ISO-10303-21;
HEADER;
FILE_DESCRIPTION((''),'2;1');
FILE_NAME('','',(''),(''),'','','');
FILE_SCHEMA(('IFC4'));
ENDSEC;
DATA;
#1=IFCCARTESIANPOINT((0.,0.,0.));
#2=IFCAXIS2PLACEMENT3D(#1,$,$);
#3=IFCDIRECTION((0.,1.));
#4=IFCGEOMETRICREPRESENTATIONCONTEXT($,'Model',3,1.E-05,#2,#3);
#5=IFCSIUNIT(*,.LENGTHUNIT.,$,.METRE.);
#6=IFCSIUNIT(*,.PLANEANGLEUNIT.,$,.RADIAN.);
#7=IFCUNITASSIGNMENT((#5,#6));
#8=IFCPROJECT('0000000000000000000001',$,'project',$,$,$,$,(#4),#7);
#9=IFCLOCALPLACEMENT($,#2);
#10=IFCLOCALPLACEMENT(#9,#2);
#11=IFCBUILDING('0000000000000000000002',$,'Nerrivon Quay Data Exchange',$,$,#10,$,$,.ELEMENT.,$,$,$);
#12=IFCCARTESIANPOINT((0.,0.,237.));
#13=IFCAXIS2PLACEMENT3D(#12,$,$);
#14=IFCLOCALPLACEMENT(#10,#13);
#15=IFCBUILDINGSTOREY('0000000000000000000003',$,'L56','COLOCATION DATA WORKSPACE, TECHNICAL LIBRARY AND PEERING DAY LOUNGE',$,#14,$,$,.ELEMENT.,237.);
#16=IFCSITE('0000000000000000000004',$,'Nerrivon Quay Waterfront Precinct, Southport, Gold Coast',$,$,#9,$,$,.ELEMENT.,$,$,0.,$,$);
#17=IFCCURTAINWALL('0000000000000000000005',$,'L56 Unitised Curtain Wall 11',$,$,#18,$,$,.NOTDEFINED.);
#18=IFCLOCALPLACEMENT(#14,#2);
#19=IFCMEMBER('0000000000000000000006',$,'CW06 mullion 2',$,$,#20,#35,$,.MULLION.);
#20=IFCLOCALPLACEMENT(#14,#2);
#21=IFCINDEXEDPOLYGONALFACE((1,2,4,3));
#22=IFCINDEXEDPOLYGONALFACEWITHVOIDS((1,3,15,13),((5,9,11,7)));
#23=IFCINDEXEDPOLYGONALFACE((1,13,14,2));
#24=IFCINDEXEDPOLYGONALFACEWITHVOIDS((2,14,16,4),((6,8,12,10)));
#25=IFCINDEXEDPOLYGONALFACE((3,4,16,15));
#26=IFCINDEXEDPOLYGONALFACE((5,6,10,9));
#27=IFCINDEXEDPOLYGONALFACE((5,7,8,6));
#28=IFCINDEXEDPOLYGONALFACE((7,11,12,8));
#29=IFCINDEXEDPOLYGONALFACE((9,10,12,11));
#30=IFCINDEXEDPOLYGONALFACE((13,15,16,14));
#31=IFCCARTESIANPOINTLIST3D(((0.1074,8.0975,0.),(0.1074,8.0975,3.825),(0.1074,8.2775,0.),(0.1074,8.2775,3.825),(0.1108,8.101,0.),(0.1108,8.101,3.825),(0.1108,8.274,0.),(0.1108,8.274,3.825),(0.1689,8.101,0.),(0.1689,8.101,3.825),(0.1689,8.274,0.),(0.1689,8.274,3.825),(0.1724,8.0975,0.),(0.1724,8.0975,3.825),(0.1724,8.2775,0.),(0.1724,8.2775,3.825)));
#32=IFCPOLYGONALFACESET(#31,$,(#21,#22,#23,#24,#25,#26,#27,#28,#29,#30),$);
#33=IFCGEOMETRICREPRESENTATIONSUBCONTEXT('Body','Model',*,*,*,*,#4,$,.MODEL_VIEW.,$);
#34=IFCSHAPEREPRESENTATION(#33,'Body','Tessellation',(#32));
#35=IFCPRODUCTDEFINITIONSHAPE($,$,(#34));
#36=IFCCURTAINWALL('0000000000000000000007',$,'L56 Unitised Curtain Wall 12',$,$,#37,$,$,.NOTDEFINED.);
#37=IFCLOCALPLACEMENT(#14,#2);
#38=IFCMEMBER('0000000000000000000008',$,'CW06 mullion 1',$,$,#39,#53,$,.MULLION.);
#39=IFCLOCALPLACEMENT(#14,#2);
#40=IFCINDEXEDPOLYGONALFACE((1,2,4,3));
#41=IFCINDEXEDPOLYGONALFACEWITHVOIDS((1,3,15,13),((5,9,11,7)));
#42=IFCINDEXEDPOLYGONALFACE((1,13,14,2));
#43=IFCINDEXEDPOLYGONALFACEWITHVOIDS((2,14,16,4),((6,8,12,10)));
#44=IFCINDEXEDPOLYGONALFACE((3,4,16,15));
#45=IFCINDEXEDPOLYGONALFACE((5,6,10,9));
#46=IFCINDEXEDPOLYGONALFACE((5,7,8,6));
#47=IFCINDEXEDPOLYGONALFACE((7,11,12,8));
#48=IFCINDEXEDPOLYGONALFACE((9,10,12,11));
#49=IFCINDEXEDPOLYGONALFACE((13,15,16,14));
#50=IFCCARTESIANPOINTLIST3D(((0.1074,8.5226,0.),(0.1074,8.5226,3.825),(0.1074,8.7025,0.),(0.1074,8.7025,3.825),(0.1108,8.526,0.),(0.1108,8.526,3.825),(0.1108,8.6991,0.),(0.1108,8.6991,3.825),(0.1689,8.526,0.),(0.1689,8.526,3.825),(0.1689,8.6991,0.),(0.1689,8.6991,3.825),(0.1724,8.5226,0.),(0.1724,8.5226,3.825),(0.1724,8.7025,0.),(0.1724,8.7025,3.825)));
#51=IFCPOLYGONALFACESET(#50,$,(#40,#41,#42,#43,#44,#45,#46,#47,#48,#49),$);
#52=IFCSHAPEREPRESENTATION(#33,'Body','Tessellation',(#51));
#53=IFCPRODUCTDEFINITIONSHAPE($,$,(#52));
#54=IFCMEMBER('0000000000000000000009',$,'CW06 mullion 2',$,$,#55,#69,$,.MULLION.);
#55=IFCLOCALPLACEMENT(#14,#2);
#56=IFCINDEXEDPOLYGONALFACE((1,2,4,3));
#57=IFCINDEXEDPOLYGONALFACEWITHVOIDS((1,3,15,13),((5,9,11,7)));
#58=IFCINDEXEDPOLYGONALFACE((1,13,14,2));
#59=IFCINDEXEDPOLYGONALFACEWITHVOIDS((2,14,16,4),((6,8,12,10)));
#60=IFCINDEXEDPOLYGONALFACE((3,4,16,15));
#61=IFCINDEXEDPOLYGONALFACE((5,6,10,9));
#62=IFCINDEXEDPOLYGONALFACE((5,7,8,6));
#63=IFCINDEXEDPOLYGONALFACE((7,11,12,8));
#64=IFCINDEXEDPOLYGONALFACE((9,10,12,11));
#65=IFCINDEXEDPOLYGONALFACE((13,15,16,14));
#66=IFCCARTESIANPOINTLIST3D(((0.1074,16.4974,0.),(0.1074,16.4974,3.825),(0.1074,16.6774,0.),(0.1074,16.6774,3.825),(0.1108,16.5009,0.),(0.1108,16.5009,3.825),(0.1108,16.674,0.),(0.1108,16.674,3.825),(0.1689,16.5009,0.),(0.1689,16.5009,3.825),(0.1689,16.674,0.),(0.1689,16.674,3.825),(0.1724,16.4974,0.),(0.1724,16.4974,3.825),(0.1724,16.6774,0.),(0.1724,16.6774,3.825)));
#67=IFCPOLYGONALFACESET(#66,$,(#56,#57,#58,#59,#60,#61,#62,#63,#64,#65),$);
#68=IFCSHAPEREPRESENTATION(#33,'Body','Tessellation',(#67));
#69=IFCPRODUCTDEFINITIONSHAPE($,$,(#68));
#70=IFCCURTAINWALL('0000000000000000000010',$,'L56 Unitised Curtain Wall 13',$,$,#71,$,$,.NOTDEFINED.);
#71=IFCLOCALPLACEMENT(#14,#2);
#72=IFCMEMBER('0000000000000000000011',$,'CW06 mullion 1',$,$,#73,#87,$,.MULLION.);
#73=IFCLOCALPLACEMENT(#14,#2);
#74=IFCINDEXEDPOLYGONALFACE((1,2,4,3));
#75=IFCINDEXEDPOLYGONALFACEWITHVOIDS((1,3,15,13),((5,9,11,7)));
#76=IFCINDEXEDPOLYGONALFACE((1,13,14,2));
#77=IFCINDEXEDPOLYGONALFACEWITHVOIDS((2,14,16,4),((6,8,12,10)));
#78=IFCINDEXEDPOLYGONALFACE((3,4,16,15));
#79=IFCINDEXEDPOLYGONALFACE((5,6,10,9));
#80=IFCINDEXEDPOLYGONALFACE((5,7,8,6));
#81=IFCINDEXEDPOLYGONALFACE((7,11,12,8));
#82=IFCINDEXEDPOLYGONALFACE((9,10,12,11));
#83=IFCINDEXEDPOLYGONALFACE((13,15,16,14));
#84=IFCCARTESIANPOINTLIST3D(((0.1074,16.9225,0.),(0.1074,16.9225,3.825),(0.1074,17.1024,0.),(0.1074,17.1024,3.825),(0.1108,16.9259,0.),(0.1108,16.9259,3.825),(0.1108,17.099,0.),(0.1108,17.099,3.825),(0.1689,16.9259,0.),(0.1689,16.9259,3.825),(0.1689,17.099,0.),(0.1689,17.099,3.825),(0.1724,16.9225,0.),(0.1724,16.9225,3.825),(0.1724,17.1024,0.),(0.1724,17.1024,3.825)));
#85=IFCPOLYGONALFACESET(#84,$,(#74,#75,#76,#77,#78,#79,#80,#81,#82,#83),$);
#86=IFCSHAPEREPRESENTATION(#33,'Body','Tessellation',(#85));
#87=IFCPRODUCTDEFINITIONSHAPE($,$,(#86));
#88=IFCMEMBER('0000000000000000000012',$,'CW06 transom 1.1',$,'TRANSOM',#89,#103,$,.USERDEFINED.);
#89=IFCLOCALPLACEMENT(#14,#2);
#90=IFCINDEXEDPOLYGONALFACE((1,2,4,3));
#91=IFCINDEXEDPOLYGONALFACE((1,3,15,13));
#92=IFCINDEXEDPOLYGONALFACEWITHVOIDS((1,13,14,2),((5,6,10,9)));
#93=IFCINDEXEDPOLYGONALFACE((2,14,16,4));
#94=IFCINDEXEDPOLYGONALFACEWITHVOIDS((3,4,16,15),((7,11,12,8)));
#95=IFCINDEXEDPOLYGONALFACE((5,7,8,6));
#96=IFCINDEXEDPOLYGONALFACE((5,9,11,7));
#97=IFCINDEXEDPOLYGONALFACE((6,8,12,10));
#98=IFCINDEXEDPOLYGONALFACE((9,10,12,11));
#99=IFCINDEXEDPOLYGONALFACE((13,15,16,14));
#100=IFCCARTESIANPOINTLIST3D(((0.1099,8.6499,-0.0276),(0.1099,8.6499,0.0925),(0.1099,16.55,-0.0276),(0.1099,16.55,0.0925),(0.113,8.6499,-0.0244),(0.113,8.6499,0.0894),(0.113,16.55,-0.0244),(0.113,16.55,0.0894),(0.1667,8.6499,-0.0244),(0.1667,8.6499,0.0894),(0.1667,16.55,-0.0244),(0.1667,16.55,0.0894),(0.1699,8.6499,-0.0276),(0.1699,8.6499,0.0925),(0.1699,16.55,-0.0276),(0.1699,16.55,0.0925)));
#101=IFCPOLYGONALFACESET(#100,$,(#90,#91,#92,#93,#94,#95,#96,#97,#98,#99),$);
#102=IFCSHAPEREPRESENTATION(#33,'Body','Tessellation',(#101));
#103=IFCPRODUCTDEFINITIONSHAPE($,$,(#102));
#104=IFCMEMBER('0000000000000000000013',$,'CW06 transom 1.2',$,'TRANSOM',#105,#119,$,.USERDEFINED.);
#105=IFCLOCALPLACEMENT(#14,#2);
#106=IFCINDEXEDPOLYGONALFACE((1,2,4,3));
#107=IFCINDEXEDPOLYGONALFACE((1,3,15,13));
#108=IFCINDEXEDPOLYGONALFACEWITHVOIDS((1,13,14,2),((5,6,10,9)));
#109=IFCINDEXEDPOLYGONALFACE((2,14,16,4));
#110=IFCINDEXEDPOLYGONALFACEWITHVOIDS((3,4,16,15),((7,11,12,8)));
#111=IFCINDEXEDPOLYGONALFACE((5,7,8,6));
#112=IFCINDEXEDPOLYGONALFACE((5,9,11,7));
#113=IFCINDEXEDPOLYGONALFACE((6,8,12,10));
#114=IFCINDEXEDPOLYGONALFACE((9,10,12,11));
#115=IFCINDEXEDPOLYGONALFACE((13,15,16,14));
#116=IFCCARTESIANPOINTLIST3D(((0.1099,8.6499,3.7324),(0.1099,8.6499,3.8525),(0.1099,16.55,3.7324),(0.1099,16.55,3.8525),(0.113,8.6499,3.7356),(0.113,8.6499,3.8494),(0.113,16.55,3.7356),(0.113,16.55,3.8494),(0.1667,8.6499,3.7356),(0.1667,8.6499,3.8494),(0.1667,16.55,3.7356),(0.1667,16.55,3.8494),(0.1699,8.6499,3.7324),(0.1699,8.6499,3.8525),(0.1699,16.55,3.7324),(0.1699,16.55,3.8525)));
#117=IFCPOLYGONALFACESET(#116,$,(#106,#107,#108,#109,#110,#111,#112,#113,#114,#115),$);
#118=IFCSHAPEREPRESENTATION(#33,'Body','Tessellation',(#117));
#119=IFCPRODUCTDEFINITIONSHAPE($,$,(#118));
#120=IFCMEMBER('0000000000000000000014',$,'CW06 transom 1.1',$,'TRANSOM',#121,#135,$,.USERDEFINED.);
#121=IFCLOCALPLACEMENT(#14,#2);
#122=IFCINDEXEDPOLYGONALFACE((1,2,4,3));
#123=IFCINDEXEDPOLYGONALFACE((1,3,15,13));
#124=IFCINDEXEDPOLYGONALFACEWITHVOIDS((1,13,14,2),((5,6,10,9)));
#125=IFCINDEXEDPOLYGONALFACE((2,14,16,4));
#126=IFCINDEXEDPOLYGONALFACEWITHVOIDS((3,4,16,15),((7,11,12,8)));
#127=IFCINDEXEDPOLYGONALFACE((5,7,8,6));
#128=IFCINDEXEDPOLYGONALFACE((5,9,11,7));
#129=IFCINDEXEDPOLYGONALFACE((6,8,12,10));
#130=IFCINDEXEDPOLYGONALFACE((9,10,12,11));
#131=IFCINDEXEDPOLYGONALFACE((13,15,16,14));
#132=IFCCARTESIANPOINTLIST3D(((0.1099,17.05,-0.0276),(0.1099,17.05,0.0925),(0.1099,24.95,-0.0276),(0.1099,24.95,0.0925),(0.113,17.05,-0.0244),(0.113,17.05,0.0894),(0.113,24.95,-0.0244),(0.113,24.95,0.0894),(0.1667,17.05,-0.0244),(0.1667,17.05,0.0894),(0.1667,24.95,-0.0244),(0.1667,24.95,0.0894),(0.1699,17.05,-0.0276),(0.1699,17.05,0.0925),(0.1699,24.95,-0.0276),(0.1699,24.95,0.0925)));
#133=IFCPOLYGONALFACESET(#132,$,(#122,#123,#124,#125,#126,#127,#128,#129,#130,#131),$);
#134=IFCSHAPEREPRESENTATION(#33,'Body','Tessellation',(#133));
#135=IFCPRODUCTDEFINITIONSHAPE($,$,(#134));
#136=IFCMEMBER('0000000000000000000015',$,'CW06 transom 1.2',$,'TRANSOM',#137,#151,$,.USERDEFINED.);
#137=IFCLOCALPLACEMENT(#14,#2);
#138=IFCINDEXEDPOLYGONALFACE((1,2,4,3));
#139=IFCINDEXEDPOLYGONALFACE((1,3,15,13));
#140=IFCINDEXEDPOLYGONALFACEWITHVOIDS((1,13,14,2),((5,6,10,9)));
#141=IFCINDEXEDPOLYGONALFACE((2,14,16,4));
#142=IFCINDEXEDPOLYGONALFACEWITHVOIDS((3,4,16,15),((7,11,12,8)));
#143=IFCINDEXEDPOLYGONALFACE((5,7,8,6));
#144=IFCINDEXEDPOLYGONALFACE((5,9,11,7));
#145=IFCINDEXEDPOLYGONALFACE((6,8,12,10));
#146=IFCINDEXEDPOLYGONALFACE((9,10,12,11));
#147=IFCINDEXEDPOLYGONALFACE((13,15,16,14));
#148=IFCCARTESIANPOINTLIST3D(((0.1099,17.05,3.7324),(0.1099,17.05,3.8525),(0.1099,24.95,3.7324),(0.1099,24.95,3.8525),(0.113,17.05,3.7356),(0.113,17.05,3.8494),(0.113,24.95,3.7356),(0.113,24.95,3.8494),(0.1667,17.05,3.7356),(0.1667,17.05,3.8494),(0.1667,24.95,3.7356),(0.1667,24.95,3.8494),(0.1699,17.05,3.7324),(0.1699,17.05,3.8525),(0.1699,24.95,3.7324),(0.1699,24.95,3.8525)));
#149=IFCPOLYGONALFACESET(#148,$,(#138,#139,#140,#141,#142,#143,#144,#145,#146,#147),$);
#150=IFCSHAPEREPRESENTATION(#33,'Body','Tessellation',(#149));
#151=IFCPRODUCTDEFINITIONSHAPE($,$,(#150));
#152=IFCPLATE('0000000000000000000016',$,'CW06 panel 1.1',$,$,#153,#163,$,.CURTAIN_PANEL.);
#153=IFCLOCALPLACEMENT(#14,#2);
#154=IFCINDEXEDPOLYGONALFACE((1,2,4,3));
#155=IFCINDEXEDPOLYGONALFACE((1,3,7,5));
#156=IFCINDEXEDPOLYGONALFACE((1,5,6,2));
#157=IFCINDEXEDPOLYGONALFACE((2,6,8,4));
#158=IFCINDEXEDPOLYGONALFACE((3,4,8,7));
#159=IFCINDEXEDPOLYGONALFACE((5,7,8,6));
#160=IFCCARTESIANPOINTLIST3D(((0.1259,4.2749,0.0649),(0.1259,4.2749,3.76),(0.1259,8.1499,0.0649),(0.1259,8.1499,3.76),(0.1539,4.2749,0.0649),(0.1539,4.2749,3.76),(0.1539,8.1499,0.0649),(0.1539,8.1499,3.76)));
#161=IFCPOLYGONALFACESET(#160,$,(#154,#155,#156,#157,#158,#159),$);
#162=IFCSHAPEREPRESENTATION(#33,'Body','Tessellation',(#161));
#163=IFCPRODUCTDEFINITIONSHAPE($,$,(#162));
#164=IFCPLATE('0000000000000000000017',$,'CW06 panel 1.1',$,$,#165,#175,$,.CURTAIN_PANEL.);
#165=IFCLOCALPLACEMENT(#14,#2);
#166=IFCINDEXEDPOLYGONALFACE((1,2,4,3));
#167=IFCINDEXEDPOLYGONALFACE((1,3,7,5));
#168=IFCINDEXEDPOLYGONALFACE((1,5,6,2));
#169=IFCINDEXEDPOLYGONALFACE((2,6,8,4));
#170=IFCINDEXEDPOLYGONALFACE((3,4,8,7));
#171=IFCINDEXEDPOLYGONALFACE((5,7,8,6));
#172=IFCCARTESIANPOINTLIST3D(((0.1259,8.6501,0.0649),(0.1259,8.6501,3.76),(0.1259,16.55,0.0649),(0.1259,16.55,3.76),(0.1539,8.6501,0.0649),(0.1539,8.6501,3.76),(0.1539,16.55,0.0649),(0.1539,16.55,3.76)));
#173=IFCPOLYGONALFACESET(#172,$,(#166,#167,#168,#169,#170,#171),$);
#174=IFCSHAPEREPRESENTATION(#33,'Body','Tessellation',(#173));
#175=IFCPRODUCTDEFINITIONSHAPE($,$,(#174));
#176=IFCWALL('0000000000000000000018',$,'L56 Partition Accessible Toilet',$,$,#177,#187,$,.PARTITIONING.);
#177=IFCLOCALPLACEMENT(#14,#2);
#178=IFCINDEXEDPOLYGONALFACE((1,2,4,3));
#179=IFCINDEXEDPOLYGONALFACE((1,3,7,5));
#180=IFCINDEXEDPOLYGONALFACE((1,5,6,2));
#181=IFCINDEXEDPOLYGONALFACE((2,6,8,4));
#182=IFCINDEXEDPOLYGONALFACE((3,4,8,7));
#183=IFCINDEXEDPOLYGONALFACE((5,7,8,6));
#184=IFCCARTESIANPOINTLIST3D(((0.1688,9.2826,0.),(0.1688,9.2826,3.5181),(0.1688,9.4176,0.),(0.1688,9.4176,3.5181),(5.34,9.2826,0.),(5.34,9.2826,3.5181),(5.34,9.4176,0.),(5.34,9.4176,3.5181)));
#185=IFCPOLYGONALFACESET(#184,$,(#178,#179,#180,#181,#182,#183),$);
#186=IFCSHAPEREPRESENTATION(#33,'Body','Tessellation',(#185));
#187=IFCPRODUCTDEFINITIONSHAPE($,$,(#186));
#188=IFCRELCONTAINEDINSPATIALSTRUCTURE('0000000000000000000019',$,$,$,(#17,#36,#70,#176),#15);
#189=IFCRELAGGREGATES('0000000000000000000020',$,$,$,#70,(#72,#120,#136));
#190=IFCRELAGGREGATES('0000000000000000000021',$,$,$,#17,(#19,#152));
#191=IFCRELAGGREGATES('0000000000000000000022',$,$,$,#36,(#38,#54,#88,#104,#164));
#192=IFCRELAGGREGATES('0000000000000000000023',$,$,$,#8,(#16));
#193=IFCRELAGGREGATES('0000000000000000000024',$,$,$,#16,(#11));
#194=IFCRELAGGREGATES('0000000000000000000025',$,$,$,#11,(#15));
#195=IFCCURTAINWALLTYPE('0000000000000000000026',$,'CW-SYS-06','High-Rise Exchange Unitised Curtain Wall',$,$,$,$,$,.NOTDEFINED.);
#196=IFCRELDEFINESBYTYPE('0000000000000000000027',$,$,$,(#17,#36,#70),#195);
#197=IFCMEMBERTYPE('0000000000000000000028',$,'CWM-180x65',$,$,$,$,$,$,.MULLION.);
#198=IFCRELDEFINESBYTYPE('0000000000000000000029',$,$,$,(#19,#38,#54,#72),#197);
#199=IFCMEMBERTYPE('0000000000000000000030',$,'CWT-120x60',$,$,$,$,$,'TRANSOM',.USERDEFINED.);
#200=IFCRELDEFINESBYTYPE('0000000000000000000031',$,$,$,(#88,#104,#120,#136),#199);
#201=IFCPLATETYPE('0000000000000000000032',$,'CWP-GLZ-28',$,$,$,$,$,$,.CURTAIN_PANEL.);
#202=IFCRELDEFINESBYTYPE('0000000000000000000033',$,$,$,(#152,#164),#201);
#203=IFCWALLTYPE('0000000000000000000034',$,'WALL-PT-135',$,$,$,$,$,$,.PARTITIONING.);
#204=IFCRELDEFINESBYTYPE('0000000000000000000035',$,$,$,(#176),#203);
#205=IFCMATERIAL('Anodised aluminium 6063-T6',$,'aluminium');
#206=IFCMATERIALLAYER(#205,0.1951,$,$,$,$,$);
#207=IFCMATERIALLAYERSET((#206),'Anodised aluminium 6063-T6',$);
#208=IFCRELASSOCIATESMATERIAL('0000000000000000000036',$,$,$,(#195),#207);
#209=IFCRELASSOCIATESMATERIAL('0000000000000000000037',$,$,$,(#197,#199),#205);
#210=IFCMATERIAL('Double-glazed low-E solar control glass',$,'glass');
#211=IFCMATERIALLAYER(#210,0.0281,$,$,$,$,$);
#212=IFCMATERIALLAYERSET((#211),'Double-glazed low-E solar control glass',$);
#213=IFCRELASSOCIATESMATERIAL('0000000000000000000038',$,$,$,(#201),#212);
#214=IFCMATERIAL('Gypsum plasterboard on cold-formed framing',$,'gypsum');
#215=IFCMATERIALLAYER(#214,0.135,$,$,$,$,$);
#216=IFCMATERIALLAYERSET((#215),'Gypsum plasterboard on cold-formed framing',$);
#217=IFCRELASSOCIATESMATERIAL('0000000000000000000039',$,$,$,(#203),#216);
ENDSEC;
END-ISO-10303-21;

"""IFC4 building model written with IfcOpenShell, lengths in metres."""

from ifc_helpers import new_model, si_unit, direction, frame, frame_2d, origin, origin_2d, place, context, subcontext, project, spatial, rectangle, hollow_rectangle, extrude, material, layer, layer_set, material_profile, profile_set, type_object, element, aggregate, save


model = new_model("IFC4")

# Units and contexts
model_context = context("Model", 3, precision=1e-05, world=origin(), true_north=direction((0.0, 1.0)))
body_context = subcontext(model_context, "Body", "Model", "MODEL_VIEW")
ifc_project = project(units=[si_unit("LENGTHUNIT", "METRE"), si_unit("PLANEANGLEUNIT", "RADIAN")], contexts=[model_context])

# Site, building, storey
site_placement = place(None, origin())
site = spatial("IfcSite", under=ifc_project, at=site_placement, Name="Nerrivon Quay Waterfront Precinct, Southport, Gold Coast", CompositionType="ELEMENT", RefElevation=0.0)
building_placement = place(site_placement, origin())
building = spatial("IfcBuilding", under=site, at=building_placement, Name="Nerrivon Quay Data Exchange", CompositionType="ELEMENT")
storey_placement = place(building_placement, frame((0.0, 0.0, 237.0)))
storey = spatial("IfcBuildingStorey", under=building, at=storey_placement, Name="L56", Description="COLOCATION DATA WORKSPACE, TECHNICAL LIBRARY AND PEERING DAY LOUNGE", CompositionType="ELEMENT", Elevation=237.0)

# Curtain wall, member
ifc_material_1 = material(Name="Anodised aluminium 6063-T6", Category="aluminium")
ifc_layer_1 = layer(ifc_material_1, 0.1951)
ifc_layer_set_1 = layer_set([ifc_layer_1], Name="Anodised aluminium 6063-T6")
curtain_wall_type = type_object("IfcCurtainWallType", Name="CW-SYS-06", Description="High-Rise Exchange Unitised Curtain Wall", PredefinedType="NOTDEFINED", material=ifc_layer_set_1)
curtain_wall_1_placement = place(storey_placement, origin())
curtain_wall_1 = element("IfcCurtainWall", 1, at=curtain_wall_1_placement, inside=storey, type_object=curtain_wall_type, Name="L56 Unitised Curtain Wall 11", PredefinedType="NOTDEFINED")
ifc_material_profile_1 = material_profile(ifc_material_1, hollow_rectangle(XDim=0.0649, YDim=0.1799, WallThickness=0.0034, at=origin_2d()), Name="ALU-MULL-180x65")
ifc_profile_set_1 = profile_set([ifc_material_profile_1], Name="Anodised aluminium 6063-T6")
member_type_1 = type_object("IfcMemberType", Name="CWM-180x65", PredefinedType="MULLION", material=ifc_profile_set_1)
member_1_placement = place(storey_placement, frame((0.1399, 8.1875, 0.0), z_axis=(0.0, 0.0, 1.0), x_axis=(-1.0, 0.0, 0.0)))
member_1 = element("IfcMember", 2, at=member_1_placement, type_object=member_type_1, Name="CW06 mullion 2", PredefinedType="MULLION", context=body_context, shape_type="SweptSolid", body=[
    extrude(hollow_rectangle(XDim=0.0649, YDim=0.1799, WallThickness=0.0034, at=origin_2d()), origin(), (0.0, 0.0, 1.0), 3.825),
])

# Curtain wall, members
curtain_wall_2_placement = place(storey_placement, origin())
curtain_wall_2 = element("IfcCurtainWall", 3, at=curtain_wall_2_placement, inside=storey, type_object=curtain_wall_type, Name="L56 Unitised Curtain Wall 12", PredefinedType="NOTDEFINED")
member_2_placement = place(storey_placement, frame((0.1399, 8.6125, 0.0), z_axis=(0.0, 0.0, 1.0), x_axis=(-1.0, 0.0, 0.0)))
member_2 = element("IfcMember", 4, at=member_2_placement, type_object=member_type_1, Name="CW06 mullion 1", PredefinedType="MULLION", context=body_context, shape_type="SweptSolid", body=[
    extrude(hollow_rectangle(XDim=0.0649, YDim=0.1799, WallThickness=0.0034, at=origin_2d()), origin(), (0.0, 0.0, 1.0), 3.825),
])
member_3_placement = place(storey_placement, frame((0.1399, 16.5874, 0.0), z_axis=(0.0, 0.0, 1.0), x_axis=(-1.0, 0.0, 0.0)))
member_3 = element("IfcMember", 5, at=member_3_placement, type_object=member_type_1, Name="CW06 mullion 2", PredefinedType="MULLION", context=body_context, shape_type="SweptSolid", body=[
    extrude(hollow_rectangle(XDim=0.0649, YDim=0.1799, WallThickness=0.0034, at=origin_2d()), origin(), (0.0, 0.0, 1.0), 3.825),
])

# Curtain wall, member
curtain_wall_3_placement = place(storey_placement, origin())
curtain_wall_3 = element("IfcCurtainWall", 6, at=curtain_wall_3_placement, inside=storey, type_object=curtain_wall_type, Name="L56 Unitised Curtain Wall 13", PredefinedType="NOTDEFINED")
member_4_placement = place(storey_placement, frame((0.1399, 17.0125, 0.0), z_axis=(0.0, 0.0, 1.0), x_axis=(-1.0, 0.0, 0.0)))
member_4 = element("IfcMember", 7, at=member_4_placement, type_object=member_type_1, Name="CW06 mullion 1", PredefinedType="MULLION", context=body_context, shape_type="SweptSolid", body=[
    extrude(hollow_rectangle(XDim=0.0649, YDim=0.1799, WallThickness=0.0034, at=origin_2d()), origin(), (0.0, 0.0, 1.0), 3.825),
])

# Members
ifc_material_profile_2 = material_profile(ifc_material_1, hollow_rectangle(XDim=0.0601, YDim=0.1201, WallThickness=0.0032, at=origin_2d()), Name="ALU-TRAN-120x60")
ifc_profile_set_2 = profile_set([ifc_material_profile_2], Name="Anodised aluminium 6063-T6")
member_type_2 = type_object("IfcMemberType", Name="CWT-120x60", ElementType="TRANSOM", PredefinedType="USERDEFINED", material=ifc_profile_set_2)
member_5_placement = place(storey_placement, frame((0.1399, 8.6499, 0.0325), z_axis=(0.0, 1.0, 0.0), x_axis=(-1.0, 0.0, 0.0)))
member_5 = element("IfcMember", 8, at=member_5_placement, type_object=member_type_2, Name="CW06 transom 1.1", ObjectType="TRANSOM", PredefinedType="USERDEFINED", context=body_context, shape_type="SweptSolid", body=[
    extrude(hollow_rectangle(XDim=0.0601, YDim=0.1201, WallThickness=0.0032, at=origin_2d()), origin(), (0.0, 0.0, 1.0), 7.9001),
])
member_6_placement = place(storey_placement, frame((0.1399, 8.6499, 3.7925), z_axis=(0.0, 1.0, 0.0), x_axis=(-1.0, 0.0, 0.0)))
member_6 = element("IfcMember", 9, at=member_6_placement, type_object=member_type_2, Name="CW06 transom 1.2", ObjectType="TRANSOM", PredefinedType="USERDEFINED", context=body_context, shape_type="SweptSolid", body=[
    extrude(hollow_rectangle(XDim=0.0601, YDim=0.1201, WallThickness=0.0032, at=origin_2d()), origin(), (0.0, 0.0, 1.0), 7.9001),
])
member_7_placement = place(storey_placement, frame((0.1399, 17.05, 0.0325), z_axis=(0.0, 1.0, 0.0), x_axis=(-1.0, 0.0, 0.0)))
member_7 = element("IfcMember", 10, at=member_7_placement, type_object=member_type_2, Name="CW06 transom 1.1", ObjectType="TRANSOM", PredefinedType="USERDEFINED", context=body_context, shape_type="SweptSolid", body=[
    extrude(hollow_rectangle(XDim=0.0601, YDim=0.1201, WallThickness=0.0032, at=origin_2d()), origin(), (0.0, 0.0, 1.0), 7.8999),
])
member_8_placement = place(storey_placement, frame((0.1399, 17.05, 3.7925), z_axis=(0.0, 1.0, 0.0), x_axis=(-1.0, 0.0, 0.0)))
member_8 = element("IfcMember", 11, at=member_8_placement, type_object=member_type_2, Name="CW06 transom 1.2", ObjectType="TRANSOM", PredefinedType="USERDEFINED", context=body_context, shape_type="SweptSolid", body=[
    extrude(hollow_rectangle(XDim=0.0601, YDim=0.1201, WallThickness=0.0032, at=origin_2d()), origin(), (0.0, 0.0, 1.0), 7.8999),
])
aggregate(curtain_wall_3, [member_4, member_7, member_8])

# Plates
ifc_material_2 = material(Name="Double-glazed low-E solar control glass", Category="glass")
ifc_layer_2 = layer(ifc_material_2, 0.0281)
ifc_layer_set_2 = layer_set([ifc_layer_2], Name="Double-glazed low-E solar control glass")
plate_type = type_object("IfcPlateType", Name="CWP-GLZ-28", PredefinedType="CURTAIN_PANEL", material=ifc_layer_set_2)
plate_1_placement = place(storey_placement, frame((0.1399, 6.2124, 0.0649), z_axis=(0.0, 0.0, 1.0), x_axis=(0.0, 1.0, 0.0)))
plate_1 = element("IfcPlate", 12, at=plate_1_placement, type_object=plate_type, Name="CW06 panel 1.1", PredefinedType="CURTAIN_PANEL", context=body_context, shape_type="SweptSolid", body=[
    extrude(rectangle(XDim=3.875, YDim=0.0281, at=origin_2d()), origin(), (0.0, 0.0, 1.0), 3.6951),
])
aggregate(curtain_wall_1, [member_1, plate_1])
plate_2_placement = place(storey_placement, frame((0.1399, 12.6001, 0.0649), z_axis=(0.0, 0.0, 1.0), x_axis=(0.0, 1.0, 0.0)))
plate_2 = element("IfcPlate", 13, at=plate_2_placement, type_object=plate_type, Name="CW06 panel 1.1", PredefinedType="CURTAIN_PANEL", context=body_context, shape_type="SweptSolid", body=[
    extrude(rectangle(XDim=7.8999, YDim=0.0281, at=origin_2d()), origin(), (0.0, 0.0, 1.0), 3.6951),
])
aggregate(curtain_wall_2, [member_2, member_3, member_5, member_6, plate_2])

# Wall
ifc_material_3 = material(Name="Gypsum plasterboard on cold-formed framing", Category="gypsum")
ifc_layer_3 = layer(ifc_material_3, 0.135)
ifc_layer_set_3 = layer_set([ifc_layer_3], Name="Gypsum plasterboard on cold-formed framing")
wall_type = type_object("IfcWallType", Name="WALL-PT-135", PredefinedType="PARTITIONING", material=ifc_layer_set_3)
wall_placement = place(storey_placement, frame((0.1689, 9.3501, 0.0), z_axis=(0.0, 0.0, 1.0), x_axis=(1.0, 0.0, 0.0)))
element("IfcWall", 14, at=wall_placement, inside=storey, type_object=wall_type, Name="L56 Partition Accessible Toilet", PredefinedType="PARTITIONING", context=body_context, shape_type="SweptSolid", body=[
    extrude(rectangle(XDim=5.1711, YDim=0.135, at=frame_2d((2.5854, 0.0))), origin(), (0.0, 0.0, 1.0), 3.5181),
])

save(model, "model.ifc")
